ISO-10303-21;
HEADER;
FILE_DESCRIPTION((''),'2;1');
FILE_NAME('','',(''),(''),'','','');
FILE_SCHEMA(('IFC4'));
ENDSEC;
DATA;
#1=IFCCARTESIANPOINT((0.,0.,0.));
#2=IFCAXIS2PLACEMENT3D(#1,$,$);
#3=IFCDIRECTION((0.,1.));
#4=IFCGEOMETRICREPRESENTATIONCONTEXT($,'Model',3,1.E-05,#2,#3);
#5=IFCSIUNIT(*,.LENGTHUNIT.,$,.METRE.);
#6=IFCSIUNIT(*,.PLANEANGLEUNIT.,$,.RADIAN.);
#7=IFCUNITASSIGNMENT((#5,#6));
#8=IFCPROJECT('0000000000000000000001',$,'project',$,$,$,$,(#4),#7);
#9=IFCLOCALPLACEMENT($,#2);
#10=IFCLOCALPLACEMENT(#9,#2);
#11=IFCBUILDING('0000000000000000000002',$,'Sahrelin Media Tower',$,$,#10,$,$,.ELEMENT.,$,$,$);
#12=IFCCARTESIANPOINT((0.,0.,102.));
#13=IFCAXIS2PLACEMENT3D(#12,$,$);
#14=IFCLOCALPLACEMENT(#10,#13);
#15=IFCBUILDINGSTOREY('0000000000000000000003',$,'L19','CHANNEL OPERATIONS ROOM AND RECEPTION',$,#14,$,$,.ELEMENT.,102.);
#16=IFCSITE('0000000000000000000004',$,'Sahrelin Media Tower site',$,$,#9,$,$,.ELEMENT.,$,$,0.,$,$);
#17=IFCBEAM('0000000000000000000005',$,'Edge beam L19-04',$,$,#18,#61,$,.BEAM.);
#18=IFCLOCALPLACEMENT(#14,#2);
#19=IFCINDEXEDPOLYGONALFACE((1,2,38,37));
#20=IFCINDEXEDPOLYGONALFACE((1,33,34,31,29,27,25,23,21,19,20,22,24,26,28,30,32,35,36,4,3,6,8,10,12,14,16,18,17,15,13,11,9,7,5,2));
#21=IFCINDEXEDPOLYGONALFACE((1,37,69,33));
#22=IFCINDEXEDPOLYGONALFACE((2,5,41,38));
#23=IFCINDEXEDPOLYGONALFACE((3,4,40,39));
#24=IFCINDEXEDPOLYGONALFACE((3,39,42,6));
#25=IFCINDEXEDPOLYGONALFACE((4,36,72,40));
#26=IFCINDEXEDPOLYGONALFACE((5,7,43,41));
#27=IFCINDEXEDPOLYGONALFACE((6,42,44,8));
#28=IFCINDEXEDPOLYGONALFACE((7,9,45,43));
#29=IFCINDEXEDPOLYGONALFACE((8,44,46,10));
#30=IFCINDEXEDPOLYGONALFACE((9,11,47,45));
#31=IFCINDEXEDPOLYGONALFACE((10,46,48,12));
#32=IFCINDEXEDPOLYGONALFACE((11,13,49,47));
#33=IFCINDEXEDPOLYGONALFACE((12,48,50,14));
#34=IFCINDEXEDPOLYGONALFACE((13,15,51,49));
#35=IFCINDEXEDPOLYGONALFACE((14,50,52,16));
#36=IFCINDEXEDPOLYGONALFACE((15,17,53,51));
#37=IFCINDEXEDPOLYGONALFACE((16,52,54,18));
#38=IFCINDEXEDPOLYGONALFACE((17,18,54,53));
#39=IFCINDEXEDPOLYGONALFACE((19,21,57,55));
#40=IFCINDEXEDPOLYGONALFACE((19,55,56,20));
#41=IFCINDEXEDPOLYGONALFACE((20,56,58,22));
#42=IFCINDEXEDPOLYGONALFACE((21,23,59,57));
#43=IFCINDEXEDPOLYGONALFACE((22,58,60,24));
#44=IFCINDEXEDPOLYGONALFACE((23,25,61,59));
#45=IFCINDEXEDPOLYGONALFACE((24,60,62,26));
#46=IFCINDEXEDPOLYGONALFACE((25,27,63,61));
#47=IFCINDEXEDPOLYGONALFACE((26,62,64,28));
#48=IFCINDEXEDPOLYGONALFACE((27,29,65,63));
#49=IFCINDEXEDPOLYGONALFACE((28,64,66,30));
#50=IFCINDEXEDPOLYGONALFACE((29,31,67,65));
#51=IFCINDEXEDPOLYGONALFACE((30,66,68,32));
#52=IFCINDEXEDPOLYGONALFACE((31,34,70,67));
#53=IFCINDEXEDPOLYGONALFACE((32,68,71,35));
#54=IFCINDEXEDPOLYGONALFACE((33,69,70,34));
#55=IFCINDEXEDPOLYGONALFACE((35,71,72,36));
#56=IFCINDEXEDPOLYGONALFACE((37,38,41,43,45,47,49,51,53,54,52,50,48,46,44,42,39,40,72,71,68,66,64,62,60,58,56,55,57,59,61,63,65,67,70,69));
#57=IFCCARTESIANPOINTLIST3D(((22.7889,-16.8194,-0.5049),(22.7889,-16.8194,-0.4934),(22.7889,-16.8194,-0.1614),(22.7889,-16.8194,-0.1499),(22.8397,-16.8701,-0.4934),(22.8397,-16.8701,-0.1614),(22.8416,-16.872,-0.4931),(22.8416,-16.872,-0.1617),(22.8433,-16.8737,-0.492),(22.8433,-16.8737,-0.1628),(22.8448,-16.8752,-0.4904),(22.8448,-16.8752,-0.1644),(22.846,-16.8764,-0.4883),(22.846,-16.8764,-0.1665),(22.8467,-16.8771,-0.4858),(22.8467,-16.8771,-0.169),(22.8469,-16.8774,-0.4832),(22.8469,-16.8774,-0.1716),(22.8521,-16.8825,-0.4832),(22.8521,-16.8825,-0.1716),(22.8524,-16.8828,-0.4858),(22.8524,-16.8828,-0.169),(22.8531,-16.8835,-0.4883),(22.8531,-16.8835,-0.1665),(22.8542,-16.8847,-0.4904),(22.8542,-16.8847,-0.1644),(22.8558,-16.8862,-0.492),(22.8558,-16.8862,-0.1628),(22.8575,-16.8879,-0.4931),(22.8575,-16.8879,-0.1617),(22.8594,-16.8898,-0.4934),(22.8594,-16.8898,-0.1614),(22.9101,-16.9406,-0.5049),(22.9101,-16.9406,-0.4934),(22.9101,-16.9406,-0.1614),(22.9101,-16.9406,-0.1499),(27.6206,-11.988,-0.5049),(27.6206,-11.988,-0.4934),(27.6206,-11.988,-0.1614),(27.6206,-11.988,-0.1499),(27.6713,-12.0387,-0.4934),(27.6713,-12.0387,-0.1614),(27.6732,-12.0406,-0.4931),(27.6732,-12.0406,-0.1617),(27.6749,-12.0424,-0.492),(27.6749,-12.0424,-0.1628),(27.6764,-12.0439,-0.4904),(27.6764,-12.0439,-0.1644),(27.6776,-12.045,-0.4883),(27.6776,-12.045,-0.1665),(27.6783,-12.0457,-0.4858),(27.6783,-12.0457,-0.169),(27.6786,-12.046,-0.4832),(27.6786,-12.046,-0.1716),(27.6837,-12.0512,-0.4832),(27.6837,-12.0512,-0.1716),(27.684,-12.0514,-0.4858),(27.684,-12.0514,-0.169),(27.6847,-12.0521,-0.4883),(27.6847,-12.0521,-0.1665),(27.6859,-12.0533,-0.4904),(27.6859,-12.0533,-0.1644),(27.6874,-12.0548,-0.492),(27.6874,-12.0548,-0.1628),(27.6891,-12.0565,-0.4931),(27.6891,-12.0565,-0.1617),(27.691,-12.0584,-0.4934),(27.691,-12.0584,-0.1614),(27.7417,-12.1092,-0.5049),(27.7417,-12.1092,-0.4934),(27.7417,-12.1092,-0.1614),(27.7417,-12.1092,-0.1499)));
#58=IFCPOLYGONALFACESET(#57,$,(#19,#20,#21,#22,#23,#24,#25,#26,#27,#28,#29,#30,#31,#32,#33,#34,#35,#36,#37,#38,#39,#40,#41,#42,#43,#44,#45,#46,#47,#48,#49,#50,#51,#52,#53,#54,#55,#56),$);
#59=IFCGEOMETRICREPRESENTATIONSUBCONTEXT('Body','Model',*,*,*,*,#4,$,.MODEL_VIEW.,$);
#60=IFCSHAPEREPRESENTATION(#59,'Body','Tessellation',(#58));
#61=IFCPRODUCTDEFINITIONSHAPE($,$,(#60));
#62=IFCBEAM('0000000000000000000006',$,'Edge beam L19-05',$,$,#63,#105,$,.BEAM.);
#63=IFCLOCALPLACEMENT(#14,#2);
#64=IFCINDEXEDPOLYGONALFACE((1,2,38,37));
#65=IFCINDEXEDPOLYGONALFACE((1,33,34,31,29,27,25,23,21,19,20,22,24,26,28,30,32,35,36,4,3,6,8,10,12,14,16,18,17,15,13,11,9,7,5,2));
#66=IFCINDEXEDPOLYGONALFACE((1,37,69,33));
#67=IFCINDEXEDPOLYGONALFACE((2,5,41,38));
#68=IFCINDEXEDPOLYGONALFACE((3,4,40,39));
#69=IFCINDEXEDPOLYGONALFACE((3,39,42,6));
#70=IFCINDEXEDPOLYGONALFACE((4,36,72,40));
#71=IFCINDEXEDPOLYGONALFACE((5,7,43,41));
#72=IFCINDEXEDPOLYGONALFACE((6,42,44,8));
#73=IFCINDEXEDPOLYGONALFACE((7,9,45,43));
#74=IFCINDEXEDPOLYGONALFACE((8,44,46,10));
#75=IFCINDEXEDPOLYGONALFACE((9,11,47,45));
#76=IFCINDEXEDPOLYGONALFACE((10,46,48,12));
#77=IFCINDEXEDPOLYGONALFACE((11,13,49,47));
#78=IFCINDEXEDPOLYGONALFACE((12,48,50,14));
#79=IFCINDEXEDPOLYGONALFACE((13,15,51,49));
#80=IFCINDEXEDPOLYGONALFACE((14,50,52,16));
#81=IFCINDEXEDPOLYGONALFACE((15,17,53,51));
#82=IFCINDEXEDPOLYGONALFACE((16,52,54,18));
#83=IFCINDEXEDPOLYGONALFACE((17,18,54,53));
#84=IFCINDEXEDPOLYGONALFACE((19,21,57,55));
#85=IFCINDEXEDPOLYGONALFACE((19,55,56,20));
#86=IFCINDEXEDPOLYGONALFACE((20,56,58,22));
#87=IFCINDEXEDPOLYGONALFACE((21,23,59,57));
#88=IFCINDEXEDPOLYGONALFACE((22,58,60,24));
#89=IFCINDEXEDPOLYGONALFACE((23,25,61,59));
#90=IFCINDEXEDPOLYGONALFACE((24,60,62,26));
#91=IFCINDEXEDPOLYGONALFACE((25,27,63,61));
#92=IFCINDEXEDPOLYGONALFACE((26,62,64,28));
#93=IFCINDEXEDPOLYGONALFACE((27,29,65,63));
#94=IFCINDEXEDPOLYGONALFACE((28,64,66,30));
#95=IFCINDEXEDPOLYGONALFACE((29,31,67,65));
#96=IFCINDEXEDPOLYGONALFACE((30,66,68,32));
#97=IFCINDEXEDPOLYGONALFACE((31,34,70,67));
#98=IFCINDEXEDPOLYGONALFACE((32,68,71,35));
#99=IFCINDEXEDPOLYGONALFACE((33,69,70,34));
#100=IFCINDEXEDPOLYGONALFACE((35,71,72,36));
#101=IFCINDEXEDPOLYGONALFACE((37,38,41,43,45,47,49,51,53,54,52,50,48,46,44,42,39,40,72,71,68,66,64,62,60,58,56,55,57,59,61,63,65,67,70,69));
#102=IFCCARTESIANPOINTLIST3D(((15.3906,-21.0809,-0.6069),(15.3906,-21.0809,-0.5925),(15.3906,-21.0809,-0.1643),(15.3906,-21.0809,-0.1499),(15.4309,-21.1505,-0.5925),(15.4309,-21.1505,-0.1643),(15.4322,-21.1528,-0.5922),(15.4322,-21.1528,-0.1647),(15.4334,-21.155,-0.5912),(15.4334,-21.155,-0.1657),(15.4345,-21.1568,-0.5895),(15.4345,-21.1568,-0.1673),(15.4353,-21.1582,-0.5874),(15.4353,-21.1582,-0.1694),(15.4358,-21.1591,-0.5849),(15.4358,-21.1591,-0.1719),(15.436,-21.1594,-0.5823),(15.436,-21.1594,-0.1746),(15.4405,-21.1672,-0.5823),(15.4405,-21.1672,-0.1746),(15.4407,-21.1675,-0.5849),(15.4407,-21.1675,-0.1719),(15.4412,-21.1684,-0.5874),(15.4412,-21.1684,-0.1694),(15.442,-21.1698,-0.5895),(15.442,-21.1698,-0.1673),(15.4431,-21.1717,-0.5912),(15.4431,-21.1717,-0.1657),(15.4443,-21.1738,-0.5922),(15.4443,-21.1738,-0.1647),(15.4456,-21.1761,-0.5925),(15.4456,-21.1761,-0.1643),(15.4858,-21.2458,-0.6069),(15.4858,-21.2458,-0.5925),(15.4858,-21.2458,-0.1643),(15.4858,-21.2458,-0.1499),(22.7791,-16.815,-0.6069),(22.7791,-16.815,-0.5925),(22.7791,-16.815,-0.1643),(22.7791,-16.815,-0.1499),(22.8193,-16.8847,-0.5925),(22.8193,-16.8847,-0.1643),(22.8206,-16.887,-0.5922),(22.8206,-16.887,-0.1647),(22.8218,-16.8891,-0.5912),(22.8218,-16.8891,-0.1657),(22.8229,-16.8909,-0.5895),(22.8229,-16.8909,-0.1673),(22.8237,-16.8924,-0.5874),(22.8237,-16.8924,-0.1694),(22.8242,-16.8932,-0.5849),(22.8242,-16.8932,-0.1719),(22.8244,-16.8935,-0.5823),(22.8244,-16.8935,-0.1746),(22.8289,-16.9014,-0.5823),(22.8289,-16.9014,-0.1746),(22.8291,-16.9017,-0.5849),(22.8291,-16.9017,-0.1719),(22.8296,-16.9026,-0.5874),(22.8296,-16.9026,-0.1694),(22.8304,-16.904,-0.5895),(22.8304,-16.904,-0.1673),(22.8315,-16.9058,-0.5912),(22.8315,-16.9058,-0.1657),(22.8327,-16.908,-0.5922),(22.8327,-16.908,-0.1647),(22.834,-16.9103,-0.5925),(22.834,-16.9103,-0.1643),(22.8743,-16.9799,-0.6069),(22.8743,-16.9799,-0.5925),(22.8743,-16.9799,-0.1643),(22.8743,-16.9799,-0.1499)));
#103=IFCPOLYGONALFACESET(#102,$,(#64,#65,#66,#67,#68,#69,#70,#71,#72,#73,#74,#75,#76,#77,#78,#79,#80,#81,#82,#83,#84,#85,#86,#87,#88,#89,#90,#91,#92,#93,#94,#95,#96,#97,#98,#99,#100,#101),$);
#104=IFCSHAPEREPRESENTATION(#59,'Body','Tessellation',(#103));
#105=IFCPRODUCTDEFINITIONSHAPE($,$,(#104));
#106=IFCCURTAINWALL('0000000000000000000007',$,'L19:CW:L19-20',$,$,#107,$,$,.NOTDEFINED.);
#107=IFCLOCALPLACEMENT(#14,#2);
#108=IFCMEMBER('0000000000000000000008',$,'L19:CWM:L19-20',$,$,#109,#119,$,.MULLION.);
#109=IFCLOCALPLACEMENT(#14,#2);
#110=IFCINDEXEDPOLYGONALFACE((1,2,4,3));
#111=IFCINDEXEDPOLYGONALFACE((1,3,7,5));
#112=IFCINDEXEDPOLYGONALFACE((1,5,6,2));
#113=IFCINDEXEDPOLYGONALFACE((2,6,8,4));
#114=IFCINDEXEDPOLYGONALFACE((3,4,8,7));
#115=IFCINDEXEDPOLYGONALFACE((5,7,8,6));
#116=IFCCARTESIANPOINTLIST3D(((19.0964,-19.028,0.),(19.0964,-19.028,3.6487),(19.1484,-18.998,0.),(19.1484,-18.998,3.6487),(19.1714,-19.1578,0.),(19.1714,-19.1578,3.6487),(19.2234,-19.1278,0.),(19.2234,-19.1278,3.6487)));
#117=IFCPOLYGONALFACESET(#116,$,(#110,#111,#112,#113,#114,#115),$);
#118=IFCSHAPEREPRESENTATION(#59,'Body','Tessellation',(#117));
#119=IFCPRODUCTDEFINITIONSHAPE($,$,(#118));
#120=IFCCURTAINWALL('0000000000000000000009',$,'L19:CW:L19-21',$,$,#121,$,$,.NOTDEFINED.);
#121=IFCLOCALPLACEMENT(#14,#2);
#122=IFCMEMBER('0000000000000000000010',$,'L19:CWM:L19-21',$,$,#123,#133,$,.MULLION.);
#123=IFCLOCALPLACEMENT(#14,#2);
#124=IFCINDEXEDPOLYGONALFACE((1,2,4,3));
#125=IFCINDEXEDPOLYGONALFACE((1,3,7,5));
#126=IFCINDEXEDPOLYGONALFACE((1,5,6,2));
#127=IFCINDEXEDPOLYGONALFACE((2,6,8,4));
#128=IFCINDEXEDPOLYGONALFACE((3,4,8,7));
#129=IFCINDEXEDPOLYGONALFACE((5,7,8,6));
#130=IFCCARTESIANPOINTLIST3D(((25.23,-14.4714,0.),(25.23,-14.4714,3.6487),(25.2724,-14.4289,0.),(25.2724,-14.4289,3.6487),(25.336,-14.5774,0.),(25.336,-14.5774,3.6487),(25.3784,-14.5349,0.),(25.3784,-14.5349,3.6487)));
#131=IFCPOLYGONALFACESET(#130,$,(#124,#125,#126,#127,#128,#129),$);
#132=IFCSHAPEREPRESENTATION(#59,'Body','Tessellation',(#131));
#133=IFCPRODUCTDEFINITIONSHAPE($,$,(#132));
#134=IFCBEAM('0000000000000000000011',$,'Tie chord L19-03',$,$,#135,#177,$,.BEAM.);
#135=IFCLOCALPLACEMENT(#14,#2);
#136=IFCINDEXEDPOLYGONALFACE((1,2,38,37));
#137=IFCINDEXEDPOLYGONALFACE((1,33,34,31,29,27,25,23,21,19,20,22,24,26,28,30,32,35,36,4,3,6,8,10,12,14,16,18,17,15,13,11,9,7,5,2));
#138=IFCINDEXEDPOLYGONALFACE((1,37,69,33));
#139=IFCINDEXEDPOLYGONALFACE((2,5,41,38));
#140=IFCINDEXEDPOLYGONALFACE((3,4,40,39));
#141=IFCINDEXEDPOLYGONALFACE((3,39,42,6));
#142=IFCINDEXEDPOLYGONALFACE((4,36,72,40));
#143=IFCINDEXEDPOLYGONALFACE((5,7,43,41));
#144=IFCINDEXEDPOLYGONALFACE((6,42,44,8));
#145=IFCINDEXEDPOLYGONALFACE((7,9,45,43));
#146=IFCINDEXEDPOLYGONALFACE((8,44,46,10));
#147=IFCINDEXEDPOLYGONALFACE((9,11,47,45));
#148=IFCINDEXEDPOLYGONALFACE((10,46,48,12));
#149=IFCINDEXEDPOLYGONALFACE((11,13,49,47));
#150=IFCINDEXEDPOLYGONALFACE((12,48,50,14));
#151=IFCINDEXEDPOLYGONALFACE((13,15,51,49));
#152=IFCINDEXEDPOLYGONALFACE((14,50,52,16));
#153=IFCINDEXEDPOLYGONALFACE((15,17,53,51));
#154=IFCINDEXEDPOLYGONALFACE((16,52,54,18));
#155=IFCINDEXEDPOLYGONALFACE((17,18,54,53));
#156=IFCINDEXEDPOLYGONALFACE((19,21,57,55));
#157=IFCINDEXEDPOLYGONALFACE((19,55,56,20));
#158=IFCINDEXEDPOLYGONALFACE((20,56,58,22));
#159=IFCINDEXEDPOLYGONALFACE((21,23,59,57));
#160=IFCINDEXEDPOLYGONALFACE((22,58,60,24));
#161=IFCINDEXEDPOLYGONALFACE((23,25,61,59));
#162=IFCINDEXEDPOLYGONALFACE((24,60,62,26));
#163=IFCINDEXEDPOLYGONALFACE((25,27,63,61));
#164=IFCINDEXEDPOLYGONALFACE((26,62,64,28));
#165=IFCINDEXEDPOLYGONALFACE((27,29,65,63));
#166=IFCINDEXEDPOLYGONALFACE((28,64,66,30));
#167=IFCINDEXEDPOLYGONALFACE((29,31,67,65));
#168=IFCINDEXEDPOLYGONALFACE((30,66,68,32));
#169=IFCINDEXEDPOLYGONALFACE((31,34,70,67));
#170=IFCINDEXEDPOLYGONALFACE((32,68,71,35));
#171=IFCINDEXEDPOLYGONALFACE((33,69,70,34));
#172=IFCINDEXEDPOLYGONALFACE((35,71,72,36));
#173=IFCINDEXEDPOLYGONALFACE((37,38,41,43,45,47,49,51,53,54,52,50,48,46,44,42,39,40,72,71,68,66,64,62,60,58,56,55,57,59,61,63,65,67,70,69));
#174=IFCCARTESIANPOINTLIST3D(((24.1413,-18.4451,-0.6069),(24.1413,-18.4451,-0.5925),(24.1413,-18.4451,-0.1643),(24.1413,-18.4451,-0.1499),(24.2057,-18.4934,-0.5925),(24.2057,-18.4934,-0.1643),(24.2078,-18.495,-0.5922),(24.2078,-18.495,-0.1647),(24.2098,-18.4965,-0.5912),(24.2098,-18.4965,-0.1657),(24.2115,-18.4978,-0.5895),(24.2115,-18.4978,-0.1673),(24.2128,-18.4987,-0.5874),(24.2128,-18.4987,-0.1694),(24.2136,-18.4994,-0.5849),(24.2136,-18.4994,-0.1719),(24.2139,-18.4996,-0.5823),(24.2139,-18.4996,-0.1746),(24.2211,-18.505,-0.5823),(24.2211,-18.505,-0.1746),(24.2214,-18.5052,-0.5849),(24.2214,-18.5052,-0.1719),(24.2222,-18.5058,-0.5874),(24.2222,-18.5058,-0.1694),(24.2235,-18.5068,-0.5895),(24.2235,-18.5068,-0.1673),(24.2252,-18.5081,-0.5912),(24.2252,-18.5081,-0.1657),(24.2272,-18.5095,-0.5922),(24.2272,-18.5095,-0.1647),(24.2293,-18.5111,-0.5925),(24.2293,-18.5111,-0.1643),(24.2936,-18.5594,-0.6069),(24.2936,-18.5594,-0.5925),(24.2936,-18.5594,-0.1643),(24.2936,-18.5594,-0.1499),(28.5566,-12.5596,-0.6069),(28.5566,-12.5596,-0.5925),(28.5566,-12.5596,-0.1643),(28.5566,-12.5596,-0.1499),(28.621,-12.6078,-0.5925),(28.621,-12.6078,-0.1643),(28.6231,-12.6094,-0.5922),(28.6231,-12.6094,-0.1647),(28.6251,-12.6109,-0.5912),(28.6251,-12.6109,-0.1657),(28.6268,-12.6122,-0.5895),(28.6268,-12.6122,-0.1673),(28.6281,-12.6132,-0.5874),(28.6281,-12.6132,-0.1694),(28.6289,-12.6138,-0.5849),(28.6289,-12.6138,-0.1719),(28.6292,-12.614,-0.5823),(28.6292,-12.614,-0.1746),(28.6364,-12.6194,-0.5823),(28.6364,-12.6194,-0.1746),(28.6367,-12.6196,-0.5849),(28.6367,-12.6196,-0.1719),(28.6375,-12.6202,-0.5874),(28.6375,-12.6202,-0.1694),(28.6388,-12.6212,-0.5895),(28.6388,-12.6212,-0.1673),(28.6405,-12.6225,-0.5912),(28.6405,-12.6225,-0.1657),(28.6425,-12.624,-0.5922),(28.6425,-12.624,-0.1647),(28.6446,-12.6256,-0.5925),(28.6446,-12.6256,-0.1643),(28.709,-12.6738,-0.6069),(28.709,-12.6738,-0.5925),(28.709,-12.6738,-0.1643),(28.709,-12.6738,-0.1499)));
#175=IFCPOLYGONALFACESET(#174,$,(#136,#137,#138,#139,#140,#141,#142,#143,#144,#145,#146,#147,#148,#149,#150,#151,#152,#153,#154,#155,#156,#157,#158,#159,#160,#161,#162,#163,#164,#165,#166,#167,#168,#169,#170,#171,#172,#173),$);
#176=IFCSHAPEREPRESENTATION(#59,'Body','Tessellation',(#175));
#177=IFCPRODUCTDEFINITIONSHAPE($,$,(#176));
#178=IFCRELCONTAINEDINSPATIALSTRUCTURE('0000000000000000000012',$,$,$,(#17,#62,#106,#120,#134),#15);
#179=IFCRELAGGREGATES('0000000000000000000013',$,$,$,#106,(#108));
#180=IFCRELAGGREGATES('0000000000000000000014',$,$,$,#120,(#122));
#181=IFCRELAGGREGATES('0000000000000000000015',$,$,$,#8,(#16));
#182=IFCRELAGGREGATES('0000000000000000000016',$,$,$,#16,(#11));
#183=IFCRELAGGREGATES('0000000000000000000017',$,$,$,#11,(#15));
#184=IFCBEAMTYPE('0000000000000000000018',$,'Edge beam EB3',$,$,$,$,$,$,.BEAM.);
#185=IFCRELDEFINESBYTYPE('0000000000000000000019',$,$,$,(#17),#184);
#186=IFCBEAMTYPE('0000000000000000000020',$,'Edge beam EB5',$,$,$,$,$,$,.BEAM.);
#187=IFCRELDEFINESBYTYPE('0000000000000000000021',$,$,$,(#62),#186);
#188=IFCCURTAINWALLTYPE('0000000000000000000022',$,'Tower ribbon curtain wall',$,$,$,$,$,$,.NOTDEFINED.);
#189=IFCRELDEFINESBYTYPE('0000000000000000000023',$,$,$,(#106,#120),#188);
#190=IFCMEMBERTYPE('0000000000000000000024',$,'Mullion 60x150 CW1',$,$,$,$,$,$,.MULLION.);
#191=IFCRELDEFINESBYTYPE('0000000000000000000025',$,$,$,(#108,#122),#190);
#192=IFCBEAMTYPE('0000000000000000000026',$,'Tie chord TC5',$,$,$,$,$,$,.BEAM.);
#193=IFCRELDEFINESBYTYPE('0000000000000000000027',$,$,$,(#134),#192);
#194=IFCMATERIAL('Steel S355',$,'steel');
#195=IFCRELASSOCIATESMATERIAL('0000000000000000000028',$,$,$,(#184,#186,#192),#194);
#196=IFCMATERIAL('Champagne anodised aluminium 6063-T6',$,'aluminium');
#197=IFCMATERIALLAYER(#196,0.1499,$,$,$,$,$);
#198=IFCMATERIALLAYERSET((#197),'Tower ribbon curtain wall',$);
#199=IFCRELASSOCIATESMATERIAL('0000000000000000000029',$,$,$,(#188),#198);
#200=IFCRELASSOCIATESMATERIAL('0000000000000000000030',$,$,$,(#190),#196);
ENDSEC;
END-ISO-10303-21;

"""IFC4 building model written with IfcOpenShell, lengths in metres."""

from ifc_helpers import new_model, si_unit, direction, frame, origin, origin_2d, place, context, subcontext, project, spatial, rectangle, i_section, extrude, material, layer, layer_set, material_profile, profile_set, type_object, element, aggregate, save


model = new_model("IFC4")

# Units and contexts
model_context = context("Model", 3, precision=1e-05, world=origin(), true_north=direction((0.0, 1.0)))
body_context = subcontext(model_context, "Body", "Model", "MODEL_VIEW")
ifc_project = project(units=[si_unit("LENGTHUNIT", "METRE"), si_unit("PLANEANGLEUNIT", "RADIAN")], contexts=[model_context])

# Site, building, storey
site_placement = place(None, origin())
site = spatial("IfcSite", under=ifc_project, at=site_placement, Name="Sahrelin Media Tower site", CompositionType="ELEMENT", RefElevation=0.0)
building_placement = place(site_placement, origin())
building = spatial("IfcBuilding", under=site, at=building_placement, Name="Sahrelin Media Tower", CompositionType="ELEMENT")
storey_placement = place(building_placement, frame((0.0, 0.0, 102.0)))
storey = spatial("IfcBuildingStorey", under=building, at=storey_placement, Name="L19", Description="CHANNEL OPERATIONS ROOM AND RECEPTION", CompositionType="ELEMENT", Elevation=102.0)

# Beams
ifc_material_1 = material(Name="Steel S355", Category="steel")
ifc_material_profile_1 = material_profile(ifc_material_1, i_section(OverallWidth=0.1714, OverallDepth=0.355, WebThickness=0.0073, FlangeThickness=0.0115, FilletRadius=0.0103, at=origin_2d()), Name="UB 356x171x51")
ifc_profile_set_1 = profile_set([ifc_material_profile_1], Name="Steel S355")
beam_type_1 = type_object("IfcBeamType", Name="Edge beam EB3", PredefinedType="BEAM", material=ifc_profile_set_1)
beam_1_placement = place(storey_placement, frame((27.6812, -12.0486, -0.3274), z_axis=(-0.707125, -0.707089, 0.0), x_axis=(0.707089, -0.707125, 0.0)))
element("IfcBeam", 1, at=beam_1_placement, inside=storey, type_object=beam_type_1, Name="Edge beam L19-04", PredefinedType="BEAM", context=body_context, shape_type="SweptSolid", body=[
    extrude(i_section(OverallWidth=0.1714, OverallDepth=0.355, WebThickness=0.0073, FlangeThickness=0.0115, FilletRadius=0.0103, at=origin_2d()), origin(), (0.0, 0.0, 1.0), 6.8328),
])
ifc_material_profile_2 = material_profile(ifc_material_1, i_section(OverallWidth=0.1904, OverallDepth=0.457, WebThickness=0.009, FlangeThickness=0.0144, FilletRadius=0.0103, at=origin_2d()), Name="UB 457x191x74")
ifc_profile_set_2 = profile_set([ifc_material_profile_2], Name="Steel S355")
beam_type_2 = type_object("IfcBeamType", Name="Edge beam EB5", PredefinedType="BEAM", material=ifc_profile_set_2)
beam_2_placement = place(storey_placement, frame((22.8267, -16.8975, -0.3784), z_axis=(-0.866017, -0.500014, 0.0), x_axis=(0.500014, -0.866017, 0.0)))
element("IfcBeam", 2, at=beam_2_placement, inside=storey, type_object=beam_type_2, Name="Edge beam L19-05", PredefinedType="BEAM", context=body_context, shape_type="SweptSolid", body=[
    extrude(i_section(OverallWidth=0.1904, OverallDepth=0.457, WebThickness=0.009, FlangeThickness=0.0144, FilletRadius=0.0103, at=origin_2d()), origin(), (0.0, 0.0, 1.0), 8.5315),
])

# Curtain walls, members
ifc_material_2 = material(Name="Champagne anodised aluminium 6063-T6", Category="aluminium")
ifc_layer_1 = layer(ifc_material_2, 0.1499)
ifc_layer_set_1 = layer_set([ifc_layer_1], Name="Tower ribbon curtain wall")
curtain_wall_type = type_object("IfcCurtainWallType", Name="Tower ribbon curtain wall", PredefinedType="NOTDEFINED", material=ifc_layer_set_1)
curtain_wall_1_placement = place(storey_placement, frame((19.2075, -19.1604, 0.0), z_axis=(0.0, 0.0, 1.0), x_axis=(1.0, 0.0, 0.0)))
curtain_wall_1 = element("IfcCurtainWall", 3, at=curtain_wall_1_placement, inside=storey, type_object=curtain_wall_type, Name="L19:CW:L19-20", PredefinedType="NOTDEFINED")
ifc_material_profile_3 = material_profile(ifc_material_2, rectangle(XDim=0.0601, YDim=0.1499, at=origin_2d()), Name="Mullion 60x150")
ifc_profile_set_3 = profile_set([ifc_material_profile_3], Name="Champagne anodised aluminium 6063-T6")
member_type_1 = type_object("IfcMemberType", Name="Mullion 60x150 CW1", PredefinedType="MULLION", material=ifc_profile_set_3)
member_1_placement = place(storey_placement, frame((19.1599, -19.0779, 0.0), z_axis=(0.0, 0.0, 1.0), x_axis=(0.866025, 0.500002, 0.0)))
member_1 = element("IfcMember", 4, at=member_1_placement, type_object=member_type_1, Name="L19:CWM:L19-20", PredefinedType="MULLION", context=body_context, shape_type="SweptSolid", body=[
    extrude(rectangle(XDim=0.0601, YDim=0.1499, at=origin_2d()), origin(), (0.0, 0.0, 1.0), 3.6487),
])
curtain_wall_2_placement = place(storey_placement, frame((25.3713, -14.5703, 0.0), z_axis=(0.0, 0.0, 1.0), x_axis=(1.0, 0.0, 0.0)))
curtain_wall_2 = element("IfcCurtainWall", 5, at=curtain_wall_2_placement, inside=storey, type_object=curtain_wall_type, Name="L19:CW:L19-21", PredefinedType="NOTDEFINED")
member_2_placement = place(storey_placement, frame((25.3042, -14.5032, 0.0), z_axis=(0.0, 0.0, 1.0), x_axis=(0.707107, 0.707107, 0.0)))
member_2 = element("IfcMember", 6, at=member_2_placement, type_object=member_type_1, Name="L19:CWM:L19-21", PredefinedType="MULLION", context=body_context, shape_type="SweptSolid", body=[
    extrude(rectangle(XDim=0.0601, YDim=0.1499, at=origin_2d()), origin(), (0.0, 0.0, 1.0), 3.6487),
])

# Beam
ifc_material_profile_4 = material_profile(ifc_material_1, i_section(OverallWidth=0.1904, OverallDepth=0.457, WebThickness=0.009, FlangeThickness=0.0144, FilletRadius=0.0103, at=origin_2d()), Name="UB 457x191x74")
ifc_profile_set_4 = profile_set([ifc_material_profile_4], Name="Steel S355")
beam_type_3 = type_object("IfcBeamType", Name="Tie chord TC5", PredefinedType="BEAM", material=ifc_profile_set_4)
beam_3_placement = place(storey_placement, frame((28.6328, -12.6167, -0.3784), z_axis=(-0.600101, -0.799924, 0.0), x_axis=(0.799924, -0.600101, 0.0)))
element("IfcBeam", 7, at=beam_3_placement, inside=storey, type_object=beam_type_3, Name="Tie chord L19-03", PredefinedType="BEAM", context=body_context, shape_type="SweptSolid", body=[
    extrude(i_section(OverallWidth=0.1904, OverallDepth=0.457, WebThickness=0.009, FlangeThickness=0.0144, FilletRadius=0.0103, at=origin_2d()), origin(), (0.0, 0.0, 1.0), 7.3577),
])

aggregate(curtain_wall_1, [member_1])
aggregate(curtain_wall_2, [member_2])

save(model, "model.ifc")
